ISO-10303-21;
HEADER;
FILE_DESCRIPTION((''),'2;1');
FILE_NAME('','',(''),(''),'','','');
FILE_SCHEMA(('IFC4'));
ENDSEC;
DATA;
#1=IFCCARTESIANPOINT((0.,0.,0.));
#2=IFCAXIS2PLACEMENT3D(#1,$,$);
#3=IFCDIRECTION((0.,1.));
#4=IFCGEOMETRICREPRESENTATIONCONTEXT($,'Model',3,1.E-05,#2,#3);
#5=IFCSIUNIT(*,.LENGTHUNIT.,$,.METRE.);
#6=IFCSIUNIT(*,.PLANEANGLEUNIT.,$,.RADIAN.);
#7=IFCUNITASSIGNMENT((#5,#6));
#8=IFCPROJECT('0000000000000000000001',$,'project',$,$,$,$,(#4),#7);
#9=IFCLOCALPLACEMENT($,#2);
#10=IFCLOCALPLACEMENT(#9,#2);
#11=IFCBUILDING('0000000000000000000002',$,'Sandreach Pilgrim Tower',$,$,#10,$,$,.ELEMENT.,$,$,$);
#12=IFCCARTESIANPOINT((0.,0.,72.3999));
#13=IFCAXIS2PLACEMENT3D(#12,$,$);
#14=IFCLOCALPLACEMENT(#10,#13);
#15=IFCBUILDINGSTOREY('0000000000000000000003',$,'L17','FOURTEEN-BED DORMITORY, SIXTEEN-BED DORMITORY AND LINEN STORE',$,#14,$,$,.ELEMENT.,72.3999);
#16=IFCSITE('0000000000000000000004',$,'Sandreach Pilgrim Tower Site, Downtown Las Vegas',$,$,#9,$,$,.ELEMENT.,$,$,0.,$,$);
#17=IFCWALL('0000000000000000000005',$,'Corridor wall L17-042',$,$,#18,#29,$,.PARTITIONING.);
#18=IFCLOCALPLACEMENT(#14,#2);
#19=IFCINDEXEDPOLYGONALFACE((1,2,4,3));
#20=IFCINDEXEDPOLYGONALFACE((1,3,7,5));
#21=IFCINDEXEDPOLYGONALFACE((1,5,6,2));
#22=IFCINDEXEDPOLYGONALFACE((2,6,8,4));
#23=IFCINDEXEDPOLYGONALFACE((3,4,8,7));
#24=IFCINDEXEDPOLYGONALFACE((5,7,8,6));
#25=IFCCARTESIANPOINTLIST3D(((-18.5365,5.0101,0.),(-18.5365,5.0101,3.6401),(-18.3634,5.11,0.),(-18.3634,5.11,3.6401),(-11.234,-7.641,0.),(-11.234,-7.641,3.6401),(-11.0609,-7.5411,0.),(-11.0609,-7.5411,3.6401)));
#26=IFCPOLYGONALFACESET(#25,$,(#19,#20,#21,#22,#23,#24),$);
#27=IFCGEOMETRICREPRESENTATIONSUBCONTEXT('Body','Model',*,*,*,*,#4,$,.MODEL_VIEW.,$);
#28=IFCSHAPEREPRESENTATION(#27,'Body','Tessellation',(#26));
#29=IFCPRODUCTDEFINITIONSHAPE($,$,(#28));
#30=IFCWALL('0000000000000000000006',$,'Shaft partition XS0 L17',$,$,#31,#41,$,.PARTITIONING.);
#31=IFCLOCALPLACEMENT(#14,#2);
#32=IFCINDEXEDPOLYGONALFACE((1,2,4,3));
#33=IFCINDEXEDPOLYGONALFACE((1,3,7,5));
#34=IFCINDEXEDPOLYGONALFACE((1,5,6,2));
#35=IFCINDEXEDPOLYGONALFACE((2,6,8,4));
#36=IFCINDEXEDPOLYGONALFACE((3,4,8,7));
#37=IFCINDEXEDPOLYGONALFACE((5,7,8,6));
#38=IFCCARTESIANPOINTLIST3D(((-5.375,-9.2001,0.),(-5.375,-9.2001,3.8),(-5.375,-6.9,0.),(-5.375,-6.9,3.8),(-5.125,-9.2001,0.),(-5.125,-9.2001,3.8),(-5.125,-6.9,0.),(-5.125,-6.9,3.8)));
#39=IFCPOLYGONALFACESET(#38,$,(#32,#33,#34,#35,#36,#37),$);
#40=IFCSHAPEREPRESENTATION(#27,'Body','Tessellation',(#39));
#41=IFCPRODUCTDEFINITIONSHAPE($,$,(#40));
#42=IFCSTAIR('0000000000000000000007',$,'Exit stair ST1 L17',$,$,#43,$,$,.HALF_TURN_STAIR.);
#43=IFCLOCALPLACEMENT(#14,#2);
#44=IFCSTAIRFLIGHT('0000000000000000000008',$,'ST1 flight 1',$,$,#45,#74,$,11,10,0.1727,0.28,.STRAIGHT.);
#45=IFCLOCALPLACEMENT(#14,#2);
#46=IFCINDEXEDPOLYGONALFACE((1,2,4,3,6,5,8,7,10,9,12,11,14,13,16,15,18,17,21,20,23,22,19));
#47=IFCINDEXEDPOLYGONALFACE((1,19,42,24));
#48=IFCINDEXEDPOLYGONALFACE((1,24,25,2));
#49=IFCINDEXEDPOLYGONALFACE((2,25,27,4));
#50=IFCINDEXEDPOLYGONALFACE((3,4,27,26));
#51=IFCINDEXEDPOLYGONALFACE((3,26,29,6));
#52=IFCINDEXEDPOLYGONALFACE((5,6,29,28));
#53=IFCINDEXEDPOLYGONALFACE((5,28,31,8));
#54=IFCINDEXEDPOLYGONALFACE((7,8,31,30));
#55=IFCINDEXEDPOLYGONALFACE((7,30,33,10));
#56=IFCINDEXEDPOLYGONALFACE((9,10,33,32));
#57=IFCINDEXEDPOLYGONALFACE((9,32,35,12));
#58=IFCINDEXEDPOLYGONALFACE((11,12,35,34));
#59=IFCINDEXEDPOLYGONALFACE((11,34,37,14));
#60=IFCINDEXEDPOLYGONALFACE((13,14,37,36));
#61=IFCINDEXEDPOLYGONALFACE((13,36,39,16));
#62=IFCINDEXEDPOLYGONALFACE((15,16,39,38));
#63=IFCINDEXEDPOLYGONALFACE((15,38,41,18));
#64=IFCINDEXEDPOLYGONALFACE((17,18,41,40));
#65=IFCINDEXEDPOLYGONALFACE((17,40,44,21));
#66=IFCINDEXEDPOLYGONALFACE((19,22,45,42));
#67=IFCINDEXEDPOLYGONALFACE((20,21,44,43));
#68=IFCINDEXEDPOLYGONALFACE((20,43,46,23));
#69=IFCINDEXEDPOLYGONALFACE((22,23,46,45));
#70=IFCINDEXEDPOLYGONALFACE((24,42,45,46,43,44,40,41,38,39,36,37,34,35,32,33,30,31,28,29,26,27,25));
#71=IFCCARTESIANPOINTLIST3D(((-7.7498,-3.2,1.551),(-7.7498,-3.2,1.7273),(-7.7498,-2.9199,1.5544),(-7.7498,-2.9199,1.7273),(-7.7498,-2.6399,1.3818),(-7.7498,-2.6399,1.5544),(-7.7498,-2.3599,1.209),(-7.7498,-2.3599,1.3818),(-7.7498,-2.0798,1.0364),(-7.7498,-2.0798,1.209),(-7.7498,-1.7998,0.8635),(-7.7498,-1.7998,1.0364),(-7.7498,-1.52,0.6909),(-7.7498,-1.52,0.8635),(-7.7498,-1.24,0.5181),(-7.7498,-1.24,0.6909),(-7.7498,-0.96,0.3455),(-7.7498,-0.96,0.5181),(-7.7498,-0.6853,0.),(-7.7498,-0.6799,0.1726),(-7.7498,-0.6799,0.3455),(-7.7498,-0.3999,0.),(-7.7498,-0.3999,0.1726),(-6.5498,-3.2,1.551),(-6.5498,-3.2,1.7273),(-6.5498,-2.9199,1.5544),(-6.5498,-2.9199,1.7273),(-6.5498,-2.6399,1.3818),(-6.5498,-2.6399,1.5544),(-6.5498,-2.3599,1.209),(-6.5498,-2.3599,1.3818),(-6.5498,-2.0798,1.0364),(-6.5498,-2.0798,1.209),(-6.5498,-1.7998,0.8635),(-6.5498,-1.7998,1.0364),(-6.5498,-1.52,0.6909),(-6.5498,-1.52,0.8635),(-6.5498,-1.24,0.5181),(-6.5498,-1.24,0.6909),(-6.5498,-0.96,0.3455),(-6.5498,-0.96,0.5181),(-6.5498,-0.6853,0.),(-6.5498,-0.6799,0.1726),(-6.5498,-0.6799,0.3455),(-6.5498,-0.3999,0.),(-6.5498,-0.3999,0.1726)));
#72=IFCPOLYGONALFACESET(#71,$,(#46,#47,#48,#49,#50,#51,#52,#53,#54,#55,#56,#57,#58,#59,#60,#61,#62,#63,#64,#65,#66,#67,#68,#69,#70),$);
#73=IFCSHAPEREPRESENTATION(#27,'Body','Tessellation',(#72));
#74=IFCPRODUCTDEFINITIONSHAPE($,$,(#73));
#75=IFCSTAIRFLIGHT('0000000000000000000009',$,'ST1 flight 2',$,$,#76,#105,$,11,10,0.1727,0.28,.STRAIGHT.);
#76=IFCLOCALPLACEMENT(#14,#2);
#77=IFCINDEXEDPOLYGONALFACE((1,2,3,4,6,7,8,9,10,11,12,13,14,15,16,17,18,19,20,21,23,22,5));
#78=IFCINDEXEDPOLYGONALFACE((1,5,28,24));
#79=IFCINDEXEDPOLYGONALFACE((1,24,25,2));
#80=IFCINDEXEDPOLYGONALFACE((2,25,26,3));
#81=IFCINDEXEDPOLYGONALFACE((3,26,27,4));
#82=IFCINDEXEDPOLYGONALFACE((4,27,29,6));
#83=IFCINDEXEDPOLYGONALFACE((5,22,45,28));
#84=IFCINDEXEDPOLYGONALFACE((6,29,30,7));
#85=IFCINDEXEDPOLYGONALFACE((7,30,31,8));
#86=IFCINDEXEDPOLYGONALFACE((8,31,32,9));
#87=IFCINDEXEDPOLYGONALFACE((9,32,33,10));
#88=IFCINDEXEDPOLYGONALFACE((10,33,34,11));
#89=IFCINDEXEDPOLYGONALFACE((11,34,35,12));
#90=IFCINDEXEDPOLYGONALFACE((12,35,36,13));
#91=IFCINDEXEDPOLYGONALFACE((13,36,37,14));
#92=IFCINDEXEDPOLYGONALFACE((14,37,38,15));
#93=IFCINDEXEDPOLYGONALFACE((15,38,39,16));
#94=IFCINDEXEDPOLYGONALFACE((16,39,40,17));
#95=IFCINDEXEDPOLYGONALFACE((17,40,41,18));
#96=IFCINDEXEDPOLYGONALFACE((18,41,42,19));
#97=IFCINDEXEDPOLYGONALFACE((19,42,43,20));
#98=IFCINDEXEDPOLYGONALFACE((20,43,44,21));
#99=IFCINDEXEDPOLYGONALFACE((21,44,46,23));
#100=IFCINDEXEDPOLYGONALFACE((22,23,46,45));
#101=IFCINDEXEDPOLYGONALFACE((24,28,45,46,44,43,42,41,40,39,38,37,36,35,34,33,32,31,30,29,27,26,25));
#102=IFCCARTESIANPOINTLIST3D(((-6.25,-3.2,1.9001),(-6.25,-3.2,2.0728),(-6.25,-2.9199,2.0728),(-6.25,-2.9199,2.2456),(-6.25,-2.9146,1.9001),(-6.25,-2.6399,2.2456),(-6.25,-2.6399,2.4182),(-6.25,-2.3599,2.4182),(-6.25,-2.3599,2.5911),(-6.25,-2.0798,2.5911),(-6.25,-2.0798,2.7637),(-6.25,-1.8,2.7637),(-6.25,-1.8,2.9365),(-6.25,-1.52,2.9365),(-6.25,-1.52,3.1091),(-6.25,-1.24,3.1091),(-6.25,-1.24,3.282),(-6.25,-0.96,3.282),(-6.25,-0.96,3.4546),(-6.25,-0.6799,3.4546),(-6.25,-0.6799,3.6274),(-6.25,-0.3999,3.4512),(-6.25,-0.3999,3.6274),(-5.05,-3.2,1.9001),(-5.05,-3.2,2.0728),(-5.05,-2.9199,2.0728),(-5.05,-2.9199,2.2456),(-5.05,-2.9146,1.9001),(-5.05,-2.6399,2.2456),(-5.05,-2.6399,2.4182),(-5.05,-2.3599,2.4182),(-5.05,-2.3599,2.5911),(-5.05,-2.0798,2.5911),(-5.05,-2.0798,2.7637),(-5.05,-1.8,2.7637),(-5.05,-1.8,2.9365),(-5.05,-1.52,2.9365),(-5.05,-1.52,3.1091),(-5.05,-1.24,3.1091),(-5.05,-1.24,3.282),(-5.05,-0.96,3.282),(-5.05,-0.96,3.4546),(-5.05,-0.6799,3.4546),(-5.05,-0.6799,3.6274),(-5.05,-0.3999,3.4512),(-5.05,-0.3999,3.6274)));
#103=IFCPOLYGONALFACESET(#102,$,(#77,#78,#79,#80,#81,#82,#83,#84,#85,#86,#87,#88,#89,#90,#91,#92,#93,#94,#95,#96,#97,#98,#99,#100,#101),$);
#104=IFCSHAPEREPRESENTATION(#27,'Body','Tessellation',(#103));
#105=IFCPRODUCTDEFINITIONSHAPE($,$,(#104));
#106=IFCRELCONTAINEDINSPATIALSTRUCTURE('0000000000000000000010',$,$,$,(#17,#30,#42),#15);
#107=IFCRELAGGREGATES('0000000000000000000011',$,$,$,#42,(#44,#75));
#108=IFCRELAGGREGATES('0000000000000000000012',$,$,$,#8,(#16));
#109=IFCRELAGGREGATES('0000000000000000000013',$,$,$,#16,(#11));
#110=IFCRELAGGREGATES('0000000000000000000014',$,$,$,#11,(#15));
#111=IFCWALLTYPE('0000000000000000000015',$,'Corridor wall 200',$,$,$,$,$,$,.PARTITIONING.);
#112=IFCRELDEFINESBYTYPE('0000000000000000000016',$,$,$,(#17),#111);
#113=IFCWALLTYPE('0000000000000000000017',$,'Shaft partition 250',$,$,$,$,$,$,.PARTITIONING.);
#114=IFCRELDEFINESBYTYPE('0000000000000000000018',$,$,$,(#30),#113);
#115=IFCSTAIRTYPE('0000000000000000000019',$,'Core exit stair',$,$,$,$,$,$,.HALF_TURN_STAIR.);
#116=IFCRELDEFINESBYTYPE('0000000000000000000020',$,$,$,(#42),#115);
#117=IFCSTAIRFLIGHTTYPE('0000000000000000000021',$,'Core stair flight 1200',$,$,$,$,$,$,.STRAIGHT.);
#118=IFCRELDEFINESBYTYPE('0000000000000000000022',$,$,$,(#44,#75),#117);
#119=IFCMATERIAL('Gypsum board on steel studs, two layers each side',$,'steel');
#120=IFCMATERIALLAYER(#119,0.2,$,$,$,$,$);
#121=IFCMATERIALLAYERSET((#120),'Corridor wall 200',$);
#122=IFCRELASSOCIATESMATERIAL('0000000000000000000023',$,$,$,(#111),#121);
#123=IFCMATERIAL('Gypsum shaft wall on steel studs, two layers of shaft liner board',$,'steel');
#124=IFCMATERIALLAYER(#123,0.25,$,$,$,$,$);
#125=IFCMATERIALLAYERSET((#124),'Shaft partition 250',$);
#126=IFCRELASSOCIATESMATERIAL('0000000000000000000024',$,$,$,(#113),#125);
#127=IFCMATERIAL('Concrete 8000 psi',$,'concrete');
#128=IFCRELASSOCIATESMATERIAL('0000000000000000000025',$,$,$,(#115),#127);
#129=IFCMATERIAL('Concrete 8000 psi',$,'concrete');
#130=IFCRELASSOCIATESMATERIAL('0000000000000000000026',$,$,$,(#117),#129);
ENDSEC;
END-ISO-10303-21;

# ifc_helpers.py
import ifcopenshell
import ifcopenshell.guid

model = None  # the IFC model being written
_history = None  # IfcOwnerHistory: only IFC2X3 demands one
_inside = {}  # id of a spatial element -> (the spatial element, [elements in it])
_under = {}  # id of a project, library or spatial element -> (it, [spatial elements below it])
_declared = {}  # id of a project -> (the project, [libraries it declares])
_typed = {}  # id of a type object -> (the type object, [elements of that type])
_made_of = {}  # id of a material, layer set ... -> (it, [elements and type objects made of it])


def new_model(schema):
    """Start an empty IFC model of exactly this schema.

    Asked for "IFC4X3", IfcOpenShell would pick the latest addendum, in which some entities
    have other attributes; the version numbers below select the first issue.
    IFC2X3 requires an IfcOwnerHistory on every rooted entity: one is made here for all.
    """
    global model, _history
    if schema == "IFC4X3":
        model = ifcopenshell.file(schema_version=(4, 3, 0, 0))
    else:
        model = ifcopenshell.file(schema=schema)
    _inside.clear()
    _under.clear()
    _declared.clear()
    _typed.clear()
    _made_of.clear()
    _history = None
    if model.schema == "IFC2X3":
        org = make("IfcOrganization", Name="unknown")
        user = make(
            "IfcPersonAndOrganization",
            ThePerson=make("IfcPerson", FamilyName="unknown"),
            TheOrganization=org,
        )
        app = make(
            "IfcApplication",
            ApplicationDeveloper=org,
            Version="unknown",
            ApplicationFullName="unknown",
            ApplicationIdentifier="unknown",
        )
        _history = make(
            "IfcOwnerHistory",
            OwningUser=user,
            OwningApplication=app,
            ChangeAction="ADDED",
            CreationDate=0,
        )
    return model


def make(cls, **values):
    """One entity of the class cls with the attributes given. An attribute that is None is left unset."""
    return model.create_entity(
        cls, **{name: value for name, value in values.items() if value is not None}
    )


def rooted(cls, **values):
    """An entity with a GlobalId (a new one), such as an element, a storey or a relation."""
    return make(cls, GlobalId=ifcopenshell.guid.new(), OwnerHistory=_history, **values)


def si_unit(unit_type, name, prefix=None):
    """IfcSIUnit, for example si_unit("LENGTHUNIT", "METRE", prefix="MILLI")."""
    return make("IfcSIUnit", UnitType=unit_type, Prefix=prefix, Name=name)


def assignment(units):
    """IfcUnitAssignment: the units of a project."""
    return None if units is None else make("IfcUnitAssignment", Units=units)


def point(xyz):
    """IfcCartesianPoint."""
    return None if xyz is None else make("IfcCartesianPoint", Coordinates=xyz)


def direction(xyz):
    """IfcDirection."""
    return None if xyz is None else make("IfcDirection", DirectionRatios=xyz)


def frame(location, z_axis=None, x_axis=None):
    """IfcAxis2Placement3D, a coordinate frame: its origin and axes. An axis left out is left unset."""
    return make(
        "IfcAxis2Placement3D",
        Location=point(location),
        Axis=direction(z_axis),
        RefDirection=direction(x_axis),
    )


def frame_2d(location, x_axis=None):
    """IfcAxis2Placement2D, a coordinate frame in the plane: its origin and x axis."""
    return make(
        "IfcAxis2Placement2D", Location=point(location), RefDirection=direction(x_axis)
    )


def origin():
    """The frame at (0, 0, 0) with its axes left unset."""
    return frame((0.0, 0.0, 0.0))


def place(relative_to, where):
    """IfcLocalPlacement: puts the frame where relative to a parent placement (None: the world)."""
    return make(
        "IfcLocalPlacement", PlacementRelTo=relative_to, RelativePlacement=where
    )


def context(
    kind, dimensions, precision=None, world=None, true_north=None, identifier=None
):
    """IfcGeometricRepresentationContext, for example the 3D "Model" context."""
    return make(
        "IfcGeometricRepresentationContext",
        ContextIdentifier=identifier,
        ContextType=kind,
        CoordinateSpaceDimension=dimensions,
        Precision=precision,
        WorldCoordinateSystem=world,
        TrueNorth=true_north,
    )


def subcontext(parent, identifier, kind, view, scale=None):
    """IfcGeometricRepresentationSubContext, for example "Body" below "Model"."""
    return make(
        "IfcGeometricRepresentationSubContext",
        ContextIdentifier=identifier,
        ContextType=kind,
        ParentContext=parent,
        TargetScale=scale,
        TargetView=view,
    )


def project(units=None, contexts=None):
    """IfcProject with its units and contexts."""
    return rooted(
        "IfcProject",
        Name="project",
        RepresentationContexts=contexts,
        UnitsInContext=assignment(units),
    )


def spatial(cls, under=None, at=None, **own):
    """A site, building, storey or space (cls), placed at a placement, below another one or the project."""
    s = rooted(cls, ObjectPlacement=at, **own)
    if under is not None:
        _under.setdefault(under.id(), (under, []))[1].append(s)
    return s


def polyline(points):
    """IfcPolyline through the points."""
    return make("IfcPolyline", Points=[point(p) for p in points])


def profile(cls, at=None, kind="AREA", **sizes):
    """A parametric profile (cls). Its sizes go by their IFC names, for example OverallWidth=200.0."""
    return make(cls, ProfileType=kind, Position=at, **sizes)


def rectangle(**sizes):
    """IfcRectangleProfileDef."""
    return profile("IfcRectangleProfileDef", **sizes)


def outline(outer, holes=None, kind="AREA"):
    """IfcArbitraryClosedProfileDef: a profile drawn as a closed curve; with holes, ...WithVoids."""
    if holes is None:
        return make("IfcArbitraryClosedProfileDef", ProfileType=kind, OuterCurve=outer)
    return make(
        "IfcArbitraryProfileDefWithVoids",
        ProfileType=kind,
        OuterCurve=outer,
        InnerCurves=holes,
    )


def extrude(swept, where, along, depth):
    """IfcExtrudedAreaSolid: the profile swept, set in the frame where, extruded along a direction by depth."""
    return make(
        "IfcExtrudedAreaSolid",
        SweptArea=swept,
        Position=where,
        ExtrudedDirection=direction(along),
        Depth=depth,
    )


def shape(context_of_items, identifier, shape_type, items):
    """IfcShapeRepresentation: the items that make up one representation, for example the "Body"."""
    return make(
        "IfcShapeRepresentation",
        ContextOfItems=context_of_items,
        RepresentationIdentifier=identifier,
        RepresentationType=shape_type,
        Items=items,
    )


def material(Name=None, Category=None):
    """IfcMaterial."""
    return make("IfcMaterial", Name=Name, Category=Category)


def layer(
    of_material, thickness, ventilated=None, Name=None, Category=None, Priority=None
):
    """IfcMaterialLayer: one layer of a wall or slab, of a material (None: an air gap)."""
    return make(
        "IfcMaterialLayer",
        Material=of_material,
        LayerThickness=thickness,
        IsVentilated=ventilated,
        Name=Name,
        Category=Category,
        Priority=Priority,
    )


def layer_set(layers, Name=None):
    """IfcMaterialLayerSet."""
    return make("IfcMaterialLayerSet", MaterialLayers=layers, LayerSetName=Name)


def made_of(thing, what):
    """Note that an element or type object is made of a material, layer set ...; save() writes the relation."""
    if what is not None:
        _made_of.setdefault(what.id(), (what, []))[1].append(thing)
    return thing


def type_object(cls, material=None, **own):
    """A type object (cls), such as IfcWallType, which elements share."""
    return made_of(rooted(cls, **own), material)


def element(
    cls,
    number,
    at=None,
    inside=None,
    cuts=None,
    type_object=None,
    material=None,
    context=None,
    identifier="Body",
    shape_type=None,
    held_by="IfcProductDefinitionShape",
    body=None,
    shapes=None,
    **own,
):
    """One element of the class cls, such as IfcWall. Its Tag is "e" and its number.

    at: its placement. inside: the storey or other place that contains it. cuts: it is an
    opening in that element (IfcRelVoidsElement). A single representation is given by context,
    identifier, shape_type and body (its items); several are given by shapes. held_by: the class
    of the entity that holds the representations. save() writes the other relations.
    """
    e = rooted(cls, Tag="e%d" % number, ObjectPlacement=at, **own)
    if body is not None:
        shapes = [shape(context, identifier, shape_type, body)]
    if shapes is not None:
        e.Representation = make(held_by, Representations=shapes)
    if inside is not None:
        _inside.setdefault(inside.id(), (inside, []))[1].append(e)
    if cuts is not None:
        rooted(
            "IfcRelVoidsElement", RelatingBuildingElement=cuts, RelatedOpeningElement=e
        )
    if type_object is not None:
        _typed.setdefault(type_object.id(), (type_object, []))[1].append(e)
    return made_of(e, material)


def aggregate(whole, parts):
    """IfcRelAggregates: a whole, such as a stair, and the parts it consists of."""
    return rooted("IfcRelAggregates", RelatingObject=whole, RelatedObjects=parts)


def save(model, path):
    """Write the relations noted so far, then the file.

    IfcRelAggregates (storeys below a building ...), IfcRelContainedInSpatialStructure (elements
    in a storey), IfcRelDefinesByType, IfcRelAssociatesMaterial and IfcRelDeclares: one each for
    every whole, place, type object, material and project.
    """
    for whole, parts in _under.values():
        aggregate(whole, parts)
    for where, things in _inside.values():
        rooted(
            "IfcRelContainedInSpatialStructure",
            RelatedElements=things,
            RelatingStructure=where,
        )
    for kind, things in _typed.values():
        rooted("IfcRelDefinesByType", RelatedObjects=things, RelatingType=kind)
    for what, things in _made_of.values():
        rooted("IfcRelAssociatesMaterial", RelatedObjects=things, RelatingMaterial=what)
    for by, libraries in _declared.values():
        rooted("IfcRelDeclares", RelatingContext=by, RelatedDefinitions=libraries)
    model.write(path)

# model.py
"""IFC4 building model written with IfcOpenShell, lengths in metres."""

from ifc_helpers import new_model, si_unit, direction, frame, frame_2d, origin, place, context, subcontext, project, spatial, polyline, rectangle, outline, extrude, material, layer, layer_set, type_object, element, aggregate, save


model = new_model("IFC4")

# Units and contexts
model_context = context("Model", 3, precision=1e-05, world=origin(), true_north=direction((0.0, 1.0)))
body_context = subcontext(model_context, "Body", "Model", "MODEL_VIEW")
ifc_project = project(units=[si_unit("LENGTHUNIT", "METRE"), si_unit("PLANEANGLEUNIT", "RADIAN")], contexts=[model_context])

# Site, building, storey
site_placement = place(None, origin())
site = spatial("IfcSite", under=ifc_project, at=site_placement, Name="Sandreach Pilgrim Tower Site, Downtown Las Vegas", CompositionType="ELEMENT", RefElevation=0.0)
building_placement = place(site_placement, origin())
building = spatial("IfcBuilding", under=site, at=building_placement, Name="Sandreach Pilgrim Tower", CompositionType="ELEMENT")
storey_placement = place(building_placement, frame((0.0, 0.0, 72.3999)))
storey = spatial("IfcBuildingStorey", under=building, at=storey_placement, Name="L17", Description="FOURTEEN-BED DORMITORY, SIXTEEN-BED DORMITORY AND LINEN STORE", CompositionType="ELEMENT", Elevation=72.3999)

# Shared definitions
ifc_material_1 = material(Name="Gypsum board on steel studs, two layers each side", Category="steel")
ifc_layer_1 = layer(ifc_material_1, 0.2)
ifc_layer_set_1 = layer_set([ifc_layer_1], Name="Corridor wall 200")
wall_type_1 = type_object("IfcWallType", Name="Corridor wall 200", PredefinedType="PARTITIONING", material=ifc_layer_set_1)

# Walls
wall_1_placement = place(storey_placement, frame((-11.1475, -7.5911, 0.0), z_axis=(0.0, 0.0, 1.0), x_axis=(-0.499916, 0.866074, 0.0)))
element("IfcWall", 1, at=wall_1_placement, inside=storey, type_object=wall_type_1, Name="Corridor wall L17-042", PredefinedType="PARTITIONING", context=body_context, shape_type="SweptSolid", body=[
    extrude(rectangle(XDim=14.6074, YDim=0.2, at=frame_2d((7.3037, 0.0))), origin(), (0.0, 0.0, 1.0), 3.6401),
])
ifc_material_2 = material(Name="Gypsum shaft wall on steel studs, two layers of shaft liner board", Category="steel")
ifc_layer_2 = layer(ifc_material_2, 0.25)
ifc_layer_set_2 = layer_set([ifc_layer_2], Name="Shaft partition 250")
wall_type_2 = type_object("IfcWallType", Name="Shaft partition 250", PredefinedType="PARTITIONING", material=ifc_layer_set_2)
wall_2_placement = place(storey_placement, frame((-5.25, -9.2, 0.0), z_axis=(0.0, 0.0, 1.0), x_axis=(0.0, 1.0, 0.0)))
element("IfcWall", 2, at=wall_2_placement, inside=storey, type_object=wall_type_2, Name="Shaft partition XS0 L17", PredefinedType="PARTITIONING", context=body_context, shape_type="SweptSolid", body=[
    extrude(rectangle(XDim=2.3, YDim=0.25, at=frame_2d((1.1499, 0.0))), origin(), (0.0, 0.0, 1.0), 3.8),
])

# Stair, stair flights
ifc_material_3 = material(Name="Concrete 8000 psi", Category="concrete")
stair_type = type_object("IfcStairType", Name="Core exit stair", PredefinedType="HALF_TURN_STAIR", material=ifc_material_3)
stair_placement = place(storey_placement, origin())
stair = element("IfcStair", 3, at=stair_placement, inside=storey, type_object=stair_type, Name="Exit stair ST1 L17", PredefinedType="HALF_TURN_STAIR")
ifc_material_4 = material(Name="Concrete 8000 psi", Category="concrete")
stair_flight_type = type_object("IfcStairFlightType", Name="Core stair flight 1200", PredefinedType="STRAIGHT", material=ifc_material_4)
stair_flight_1_placement = place(storey_placement, frame((-7.1499, -0.3999, 0.0), z_axis=(0.0, 0.0, 1.0), x_axis=(0.0, -1.0, 0.0)))
stair_flight_1 = element("IfcStairFlight", 4, at=stair_flight_1_placement, type_object=stair_flight_type, Name="ST1 flight 1", NumberOfRisers=11, NumberOfTreads=10, PredefinedType="STRAIGHT", RiserHeight=0.1727, TreadLength=0.28, context=body_context, shape_type="SweptSolid", body=[
    extrude(outline(polyline([(0.0, 0.0), (0.0, 0.1726), (0.28, 0.1726), (0.28, 0.3455), (0.5601, 0.3455), (0.5601, 0.5181), (0.8401, 0.5181), (0.8401, 0.6909), (1.1201, 0.6909), (1.1201, 0.8635), (1.3999, 0.8635), (1.3999, 1.0364), (1.6799, 1.0364), (1.6799, 1.209), (1.96, 1.209), (1.96, 1.3818), (2.24, 1.3818), (2.24, 1.5544), (2.52, 1.5544), (2.52, 1.7273), (2.8, 1.7273), (2.8, 1.8999), (2.8, 1.551), (0.2854, 0.0), (0.0, 0.0)])), frame((0.0, 0.6001, 0.0), z_axis=(0.0, -1.0, 0.0), x_axis=(1.0, 0.0, 0.0)), (0.0, 0.0, 1.0), 1.2),
])
stair_flight_2_placement = place(storey_placement, frame((-5.6499, -3.2, 1.9001), z_axis=(0.0, 0.0, 1.0), x_axis=(0.0, 1.0, 0.0)))
stair_flight_2 = element("IfcStairFlight", 5, at=stair_flight_2_placement, type_object=stair_flight_type, Name="ST1 flight 2", NumberOfRisers=11, NumberOfTreads=10, PredefinedType="STRAIGHT", RiserHeight=0.1727, TreadLength=0.28, context=body_context, shape_type="SweptSolid", body=[
    extrude(outline(polyline([(0.0, 0.0), (0.0, 0.1726), (0.28, 0.1726), (0.28, 0.3455), (0.5601, 0.3455), (0.5601, 0.5181), (0.8401, 0.5181), (0.8401, 0.6909), (1.1201, 0.6909), (1.1201, 0.8635), (1.3999, 0.8635), (1.3999, 1.0364), (1.6799, 1.0364), (1.6799, 1.209), (1.96, 1.209), (1.96, 1.3818), (2.24, 1.3818), (2.24, 1.5544), (2.52, 1.5544), (2.52, 1.7273), (2.8, 1.7273), (2.8, 1.8999), (2.8, 1.551), (0.2854, 0.0), (0.0, 0.0)])), frame((0.0, 0.6001, 0.0), z_axis=(0.0, -1.0, 0.0), x_axis=(1.0, 0.0, 0.0)), (0.0, 0.0, 1.0), 1.2),
])
aggregate(stair, [stair_flight_1, stair_flight_2])

save(model, "model.ifc")
